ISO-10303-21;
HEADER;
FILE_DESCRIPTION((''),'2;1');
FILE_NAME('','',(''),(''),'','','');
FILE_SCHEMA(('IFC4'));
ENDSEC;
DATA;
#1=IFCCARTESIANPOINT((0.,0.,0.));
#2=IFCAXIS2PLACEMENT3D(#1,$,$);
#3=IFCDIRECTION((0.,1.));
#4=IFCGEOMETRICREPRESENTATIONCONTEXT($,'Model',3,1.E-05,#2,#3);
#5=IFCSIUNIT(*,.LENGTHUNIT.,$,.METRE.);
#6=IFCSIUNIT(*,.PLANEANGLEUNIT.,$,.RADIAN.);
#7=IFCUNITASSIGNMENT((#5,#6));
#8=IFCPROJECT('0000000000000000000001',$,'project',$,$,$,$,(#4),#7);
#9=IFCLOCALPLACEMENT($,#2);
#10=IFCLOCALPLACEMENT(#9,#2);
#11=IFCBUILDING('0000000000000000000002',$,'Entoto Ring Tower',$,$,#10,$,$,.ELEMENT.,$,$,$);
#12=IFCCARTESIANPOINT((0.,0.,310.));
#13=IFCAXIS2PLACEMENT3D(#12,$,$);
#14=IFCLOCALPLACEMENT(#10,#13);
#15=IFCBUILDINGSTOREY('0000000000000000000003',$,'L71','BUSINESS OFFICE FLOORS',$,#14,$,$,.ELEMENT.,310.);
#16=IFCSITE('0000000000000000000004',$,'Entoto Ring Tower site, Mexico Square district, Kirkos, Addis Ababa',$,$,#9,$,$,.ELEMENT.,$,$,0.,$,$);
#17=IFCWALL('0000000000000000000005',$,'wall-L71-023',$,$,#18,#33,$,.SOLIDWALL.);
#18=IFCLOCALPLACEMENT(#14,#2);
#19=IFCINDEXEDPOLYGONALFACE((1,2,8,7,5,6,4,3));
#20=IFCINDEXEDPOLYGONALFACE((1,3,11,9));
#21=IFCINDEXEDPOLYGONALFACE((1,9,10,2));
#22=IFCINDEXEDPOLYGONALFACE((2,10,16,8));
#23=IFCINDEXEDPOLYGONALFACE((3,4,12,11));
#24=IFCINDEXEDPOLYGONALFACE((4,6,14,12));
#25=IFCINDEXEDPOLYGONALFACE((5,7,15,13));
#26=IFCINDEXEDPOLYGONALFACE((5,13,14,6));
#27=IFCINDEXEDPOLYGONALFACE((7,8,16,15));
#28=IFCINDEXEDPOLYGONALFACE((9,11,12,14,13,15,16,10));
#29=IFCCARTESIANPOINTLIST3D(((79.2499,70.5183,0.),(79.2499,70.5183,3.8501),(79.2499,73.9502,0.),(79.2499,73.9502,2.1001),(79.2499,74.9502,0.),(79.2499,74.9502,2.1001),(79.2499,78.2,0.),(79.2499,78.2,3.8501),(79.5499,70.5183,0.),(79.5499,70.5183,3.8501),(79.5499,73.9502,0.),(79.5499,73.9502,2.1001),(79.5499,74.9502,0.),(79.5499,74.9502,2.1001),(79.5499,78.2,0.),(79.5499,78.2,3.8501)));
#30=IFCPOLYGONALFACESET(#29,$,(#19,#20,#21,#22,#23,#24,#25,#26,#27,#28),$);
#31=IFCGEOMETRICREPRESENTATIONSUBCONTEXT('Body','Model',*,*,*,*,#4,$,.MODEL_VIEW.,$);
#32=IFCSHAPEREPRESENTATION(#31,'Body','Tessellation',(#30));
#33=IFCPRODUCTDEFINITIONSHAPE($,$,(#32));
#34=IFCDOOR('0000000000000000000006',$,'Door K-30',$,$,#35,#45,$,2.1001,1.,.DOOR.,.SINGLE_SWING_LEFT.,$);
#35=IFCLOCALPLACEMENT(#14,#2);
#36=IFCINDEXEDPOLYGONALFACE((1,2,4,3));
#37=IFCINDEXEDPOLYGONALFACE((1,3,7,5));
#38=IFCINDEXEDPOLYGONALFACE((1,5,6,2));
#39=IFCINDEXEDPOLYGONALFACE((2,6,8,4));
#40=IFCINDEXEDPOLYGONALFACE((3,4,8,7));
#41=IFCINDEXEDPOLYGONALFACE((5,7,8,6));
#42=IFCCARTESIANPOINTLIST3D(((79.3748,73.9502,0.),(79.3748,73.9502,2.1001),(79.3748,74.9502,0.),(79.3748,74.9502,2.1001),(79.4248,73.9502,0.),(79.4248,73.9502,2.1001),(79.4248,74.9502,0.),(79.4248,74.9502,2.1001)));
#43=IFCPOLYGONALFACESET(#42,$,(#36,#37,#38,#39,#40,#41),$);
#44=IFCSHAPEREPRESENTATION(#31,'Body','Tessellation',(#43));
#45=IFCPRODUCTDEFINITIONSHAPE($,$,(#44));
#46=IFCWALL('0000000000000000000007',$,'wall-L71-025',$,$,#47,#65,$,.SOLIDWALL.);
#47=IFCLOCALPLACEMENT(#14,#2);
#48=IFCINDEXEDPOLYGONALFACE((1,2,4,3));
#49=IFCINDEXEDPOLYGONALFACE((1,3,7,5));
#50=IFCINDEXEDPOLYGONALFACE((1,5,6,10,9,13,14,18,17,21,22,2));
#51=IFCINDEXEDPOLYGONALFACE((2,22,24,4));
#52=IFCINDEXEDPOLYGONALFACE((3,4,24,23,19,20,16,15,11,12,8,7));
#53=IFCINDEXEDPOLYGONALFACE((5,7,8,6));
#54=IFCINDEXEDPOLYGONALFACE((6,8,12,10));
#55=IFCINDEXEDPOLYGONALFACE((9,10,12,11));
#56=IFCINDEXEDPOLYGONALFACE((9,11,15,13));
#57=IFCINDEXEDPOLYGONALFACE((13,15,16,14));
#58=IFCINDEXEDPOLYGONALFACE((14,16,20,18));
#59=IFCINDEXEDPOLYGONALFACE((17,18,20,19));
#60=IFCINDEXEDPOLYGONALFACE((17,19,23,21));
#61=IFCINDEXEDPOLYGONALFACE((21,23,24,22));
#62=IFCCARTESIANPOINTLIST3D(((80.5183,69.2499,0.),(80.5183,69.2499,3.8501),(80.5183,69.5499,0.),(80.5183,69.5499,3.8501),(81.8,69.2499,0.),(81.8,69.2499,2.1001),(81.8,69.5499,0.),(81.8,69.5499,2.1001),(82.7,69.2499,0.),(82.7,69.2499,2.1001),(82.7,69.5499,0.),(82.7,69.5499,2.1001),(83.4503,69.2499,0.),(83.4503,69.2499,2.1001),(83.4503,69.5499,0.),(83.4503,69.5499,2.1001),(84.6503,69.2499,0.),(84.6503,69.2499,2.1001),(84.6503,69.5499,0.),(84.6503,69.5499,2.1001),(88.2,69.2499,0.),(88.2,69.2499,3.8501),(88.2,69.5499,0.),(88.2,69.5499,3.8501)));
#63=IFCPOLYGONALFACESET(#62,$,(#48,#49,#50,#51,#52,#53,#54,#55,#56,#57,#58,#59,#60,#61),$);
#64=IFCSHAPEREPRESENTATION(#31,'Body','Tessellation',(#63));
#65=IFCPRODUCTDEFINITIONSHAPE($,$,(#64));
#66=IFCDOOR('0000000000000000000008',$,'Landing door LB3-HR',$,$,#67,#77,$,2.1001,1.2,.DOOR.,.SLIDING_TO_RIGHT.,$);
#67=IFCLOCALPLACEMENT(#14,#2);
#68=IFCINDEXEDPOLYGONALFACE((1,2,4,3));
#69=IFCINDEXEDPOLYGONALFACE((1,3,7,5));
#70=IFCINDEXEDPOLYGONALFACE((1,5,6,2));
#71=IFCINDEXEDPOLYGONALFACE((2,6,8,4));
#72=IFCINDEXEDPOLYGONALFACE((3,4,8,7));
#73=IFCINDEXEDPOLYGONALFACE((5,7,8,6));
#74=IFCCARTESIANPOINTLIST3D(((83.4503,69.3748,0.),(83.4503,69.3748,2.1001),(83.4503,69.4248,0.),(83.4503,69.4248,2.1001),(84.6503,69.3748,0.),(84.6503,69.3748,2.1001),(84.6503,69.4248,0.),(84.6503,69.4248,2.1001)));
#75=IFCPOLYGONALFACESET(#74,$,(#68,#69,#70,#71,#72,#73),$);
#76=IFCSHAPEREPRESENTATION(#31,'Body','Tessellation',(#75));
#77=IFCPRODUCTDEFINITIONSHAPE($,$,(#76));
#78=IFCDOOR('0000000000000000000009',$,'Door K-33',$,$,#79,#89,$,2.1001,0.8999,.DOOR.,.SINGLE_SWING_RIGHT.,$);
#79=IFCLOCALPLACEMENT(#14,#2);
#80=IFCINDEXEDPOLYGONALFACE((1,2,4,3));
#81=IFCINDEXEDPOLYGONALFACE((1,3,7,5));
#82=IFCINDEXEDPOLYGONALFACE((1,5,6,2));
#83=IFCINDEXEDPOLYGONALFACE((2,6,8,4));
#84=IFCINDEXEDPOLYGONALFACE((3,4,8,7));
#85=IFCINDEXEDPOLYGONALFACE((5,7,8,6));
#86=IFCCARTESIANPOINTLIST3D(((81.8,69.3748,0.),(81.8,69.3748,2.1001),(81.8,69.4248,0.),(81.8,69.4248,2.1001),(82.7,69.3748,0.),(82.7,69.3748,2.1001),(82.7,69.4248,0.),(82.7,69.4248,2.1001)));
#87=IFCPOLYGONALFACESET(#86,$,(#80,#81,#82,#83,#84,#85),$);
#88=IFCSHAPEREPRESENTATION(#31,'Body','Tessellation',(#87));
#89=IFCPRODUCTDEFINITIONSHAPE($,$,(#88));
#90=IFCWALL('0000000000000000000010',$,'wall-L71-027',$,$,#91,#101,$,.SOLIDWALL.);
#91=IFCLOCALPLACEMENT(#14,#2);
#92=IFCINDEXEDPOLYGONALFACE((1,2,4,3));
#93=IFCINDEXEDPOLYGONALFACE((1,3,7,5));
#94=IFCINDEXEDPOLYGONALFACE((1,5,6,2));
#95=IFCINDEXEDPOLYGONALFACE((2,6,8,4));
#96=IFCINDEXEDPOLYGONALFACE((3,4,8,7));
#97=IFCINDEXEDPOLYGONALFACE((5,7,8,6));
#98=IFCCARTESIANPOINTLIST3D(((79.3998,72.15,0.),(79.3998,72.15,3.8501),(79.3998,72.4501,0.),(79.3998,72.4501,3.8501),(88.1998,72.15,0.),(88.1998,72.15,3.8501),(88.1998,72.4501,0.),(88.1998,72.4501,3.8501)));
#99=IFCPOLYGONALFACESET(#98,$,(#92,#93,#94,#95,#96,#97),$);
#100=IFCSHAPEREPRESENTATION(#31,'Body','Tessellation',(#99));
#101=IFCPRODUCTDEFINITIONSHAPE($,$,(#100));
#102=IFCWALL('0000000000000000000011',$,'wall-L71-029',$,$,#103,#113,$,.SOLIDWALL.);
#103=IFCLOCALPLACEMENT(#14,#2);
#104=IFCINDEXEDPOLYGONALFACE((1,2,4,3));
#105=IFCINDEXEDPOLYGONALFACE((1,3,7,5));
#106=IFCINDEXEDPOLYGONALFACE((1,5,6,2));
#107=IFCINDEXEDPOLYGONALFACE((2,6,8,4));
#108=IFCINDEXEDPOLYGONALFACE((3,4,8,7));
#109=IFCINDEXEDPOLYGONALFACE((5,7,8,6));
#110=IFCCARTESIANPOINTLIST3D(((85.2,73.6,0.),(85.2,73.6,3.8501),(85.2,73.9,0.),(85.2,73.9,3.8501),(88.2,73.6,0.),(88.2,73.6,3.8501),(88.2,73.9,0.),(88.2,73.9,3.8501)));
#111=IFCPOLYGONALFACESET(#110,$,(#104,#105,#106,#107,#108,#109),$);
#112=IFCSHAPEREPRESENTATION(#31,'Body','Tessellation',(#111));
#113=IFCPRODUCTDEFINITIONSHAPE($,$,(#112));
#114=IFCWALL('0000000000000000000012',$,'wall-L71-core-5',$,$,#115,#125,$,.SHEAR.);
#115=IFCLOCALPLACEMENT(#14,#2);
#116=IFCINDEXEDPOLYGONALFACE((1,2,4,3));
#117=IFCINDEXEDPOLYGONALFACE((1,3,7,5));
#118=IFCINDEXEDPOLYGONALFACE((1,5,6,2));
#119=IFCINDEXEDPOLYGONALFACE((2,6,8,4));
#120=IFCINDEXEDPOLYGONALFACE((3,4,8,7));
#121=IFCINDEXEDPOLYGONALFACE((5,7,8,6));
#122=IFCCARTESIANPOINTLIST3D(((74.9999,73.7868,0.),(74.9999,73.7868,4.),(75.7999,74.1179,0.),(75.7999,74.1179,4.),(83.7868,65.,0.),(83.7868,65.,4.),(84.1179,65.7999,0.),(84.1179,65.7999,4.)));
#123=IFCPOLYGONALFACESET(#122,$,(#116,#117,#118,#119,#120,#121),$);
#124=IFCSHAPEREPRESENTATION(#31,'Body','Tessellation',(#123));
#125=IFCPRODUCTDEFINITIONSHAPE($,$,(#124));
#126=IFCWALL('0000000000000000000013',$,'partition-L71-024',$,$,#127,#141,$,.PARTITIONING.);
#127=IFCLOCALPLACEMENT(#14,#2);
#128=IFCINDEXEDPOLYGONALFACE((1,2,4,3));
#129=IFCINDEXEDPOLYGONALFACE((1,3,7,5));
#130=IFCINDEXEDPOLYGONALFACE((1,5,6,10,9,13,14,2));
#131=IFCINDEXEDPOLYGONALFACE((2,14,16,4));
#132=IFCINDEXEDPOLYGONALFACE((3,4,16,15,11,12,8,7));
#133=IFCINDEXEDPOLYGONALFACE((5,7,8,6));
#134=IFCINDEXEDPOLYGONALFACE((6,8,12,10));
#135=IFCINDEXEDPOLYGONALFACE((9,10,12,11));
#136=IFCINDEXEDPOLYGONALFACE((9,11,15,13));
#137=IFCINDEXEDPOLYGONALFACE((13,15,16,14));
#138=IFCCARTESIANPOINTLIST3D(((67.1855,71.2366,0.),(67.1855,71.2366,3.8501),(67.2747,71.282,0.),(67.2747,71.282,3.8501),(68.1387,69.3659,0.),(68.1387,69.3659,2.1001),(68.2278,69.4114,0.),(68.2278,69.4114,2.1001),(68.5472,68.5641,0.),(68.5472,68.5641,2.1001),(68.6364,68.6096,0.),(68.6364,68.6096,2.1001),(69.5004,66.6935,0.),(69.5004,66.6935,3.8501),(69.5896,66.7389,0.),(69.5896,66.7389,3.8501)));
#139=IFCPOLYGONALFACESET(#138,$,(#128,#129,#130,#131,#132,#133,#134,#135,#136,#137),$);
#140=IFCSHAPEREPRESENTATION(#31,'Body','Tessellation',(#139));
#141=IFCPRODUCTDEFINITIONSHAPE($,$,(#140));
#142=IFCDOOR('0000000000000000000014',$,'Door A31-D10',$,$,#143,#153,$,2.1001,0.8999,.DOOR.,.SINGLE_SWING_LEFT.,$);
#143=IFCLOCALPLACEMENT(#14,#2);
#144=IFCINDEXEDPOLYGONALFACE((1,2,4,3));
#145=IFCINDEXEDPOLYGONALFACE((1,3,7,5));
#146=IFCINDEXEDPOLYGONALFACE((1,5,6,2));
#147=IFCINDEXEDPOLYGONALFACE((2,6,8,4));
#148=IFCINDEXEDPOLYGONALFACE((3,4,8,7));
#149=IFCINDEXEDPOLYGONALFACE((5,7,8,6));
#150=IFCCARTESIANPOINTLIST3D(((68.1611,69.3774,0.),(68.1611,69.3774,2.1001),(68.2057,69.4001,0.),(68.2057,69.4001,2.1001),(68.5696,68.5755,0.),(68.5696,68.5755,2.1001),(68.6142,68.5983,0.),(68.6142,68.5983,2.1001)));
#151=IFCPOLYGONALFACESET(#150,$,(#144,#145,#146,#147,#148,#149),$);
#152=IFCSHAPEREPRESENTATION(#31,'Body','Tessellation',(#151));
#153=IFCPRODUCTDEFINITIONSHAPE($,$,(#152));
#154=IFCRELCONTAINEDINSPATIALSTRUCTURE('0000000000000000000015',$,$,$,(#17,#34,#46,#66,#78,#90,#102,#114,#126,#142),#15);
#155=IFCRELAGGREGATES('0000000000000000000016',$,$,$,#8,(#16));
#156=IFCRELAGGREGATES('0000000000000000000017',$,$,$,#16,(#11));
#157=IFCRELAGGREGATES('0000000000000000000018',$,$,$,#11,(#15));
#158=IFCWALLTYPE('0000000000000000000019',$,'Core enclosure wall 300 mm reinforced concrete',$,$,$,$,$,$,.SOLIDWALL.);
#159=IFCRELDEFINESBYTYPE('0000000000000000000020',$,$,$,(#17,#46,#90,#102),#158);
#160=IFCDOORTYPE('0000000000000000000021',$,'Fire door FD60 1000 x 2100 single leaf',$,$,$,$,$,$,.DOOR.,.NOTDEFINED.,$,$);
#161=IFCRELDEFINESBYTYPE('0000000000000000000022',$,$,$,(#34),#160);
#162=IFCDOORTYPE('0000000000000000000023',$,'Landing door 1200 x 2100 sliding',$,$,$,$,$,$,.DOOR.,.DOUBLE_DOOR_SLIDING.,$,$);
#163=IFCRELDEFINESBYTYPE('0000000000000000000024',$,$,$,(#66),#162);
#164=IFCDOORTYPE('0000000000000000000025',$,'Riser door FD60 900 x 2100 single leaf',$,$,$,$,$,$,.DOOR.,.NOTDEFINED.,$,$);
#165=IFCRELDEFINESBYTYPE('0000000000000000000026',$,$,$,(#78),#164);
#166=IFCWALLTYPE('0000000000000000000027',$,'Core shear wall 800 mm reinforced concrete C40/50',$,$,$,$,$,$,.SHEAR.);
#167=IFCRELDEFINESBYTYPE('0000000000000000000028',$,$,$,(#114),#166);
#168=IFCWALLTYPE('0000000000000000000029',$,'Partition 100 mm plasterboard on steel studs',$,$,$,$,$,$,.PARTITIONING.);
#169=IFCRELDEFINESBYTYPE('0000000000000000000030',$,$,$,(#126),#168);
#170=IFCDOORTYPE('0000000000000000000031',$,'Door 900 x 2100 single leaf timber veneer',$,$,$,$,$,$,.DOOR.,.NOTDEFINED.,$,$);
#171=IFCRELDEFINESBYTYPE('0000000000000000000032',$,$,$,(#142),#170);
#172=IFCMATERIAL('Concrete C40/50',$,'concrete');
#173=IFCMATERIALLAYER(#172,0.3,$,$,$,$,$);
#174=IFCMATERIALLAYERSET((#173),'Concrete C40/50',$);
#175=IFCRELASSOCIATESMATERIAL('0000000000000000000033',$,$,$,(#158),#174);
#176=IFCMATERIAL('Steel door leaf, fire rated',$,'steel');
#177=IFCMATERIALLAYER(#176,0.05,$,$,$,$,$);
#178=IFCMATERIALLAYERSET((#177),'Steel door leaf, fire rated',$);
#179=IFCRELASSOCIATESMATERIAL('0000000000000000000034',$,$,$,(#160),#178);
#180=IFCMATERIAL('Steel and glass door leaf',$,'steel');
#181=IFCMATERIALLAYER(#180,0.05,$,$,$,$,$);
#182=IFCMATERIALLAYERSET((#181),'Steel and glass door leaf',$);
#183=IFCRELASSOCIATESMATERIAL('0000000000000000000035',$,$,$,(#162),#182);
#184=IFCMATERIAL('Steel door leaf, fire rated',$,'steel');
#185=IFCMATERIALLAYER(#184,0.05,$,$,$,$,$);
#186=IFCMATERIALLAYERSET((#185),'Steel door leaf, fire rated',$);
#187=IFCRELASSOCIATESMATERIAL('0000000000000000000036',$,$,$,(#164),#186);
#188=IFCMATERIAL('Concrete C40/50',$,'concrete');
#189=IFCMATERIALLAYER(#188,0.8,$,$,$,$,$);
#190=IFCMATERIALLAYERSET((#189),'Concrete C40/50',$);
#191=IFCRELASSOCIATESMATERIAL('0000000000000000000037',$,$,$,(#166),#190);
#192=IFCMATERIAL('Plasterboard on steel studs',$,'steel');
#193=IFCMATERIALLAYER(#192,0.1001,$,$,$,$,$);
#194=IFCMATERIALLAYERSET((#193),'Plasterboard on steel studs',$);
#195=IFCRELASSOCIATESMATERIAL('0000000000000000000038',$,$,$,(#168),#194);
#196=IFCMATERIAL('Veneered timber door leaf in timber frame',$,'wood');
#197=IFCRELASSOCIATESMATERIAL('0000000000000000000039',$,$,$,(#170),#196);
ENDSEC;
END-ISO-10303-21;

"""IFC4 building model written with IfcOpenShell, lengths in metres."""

from ifc_helpers import new_model, si_unit, direction, frame, frame_2d, origin, place, context, subcontext, project, spatial, polyline, rectangle, outline, extrude, material, layer, layer_set, type_object, element, fill, save


model = new_model("IFC4")

# Units and contexts
model_context = context("Model", 3, precision=1e-05, world=origin(), true_north=direction((0.0, 1.0)))
body_context = subcontext(model_context, "Body", "Model", "MODEL_VIEW")
ifc_project = project(units=[si_unit("LENGTHUNIT", "METRE"), si_unit("PLANEANGLEUNIT", "RADIAN")], contexts=[model_context])

# Site, building, storey
site_placement = place(None, origin())
site = spatial("IfcSite", under=ifc_project, at=site_placement, Name="Entoto Ring Tower site, Mexico Square district, Kirkos, Addis Ababa", CompositionType="ELEMENT", RefElevation=0.0)
building_placement = place(site_placement, origin())
building = spatial("IfcBuilding", under=site, at=building_placement, Name="Entoto Ring Tower", CompositionType="ELEMENT")
storey_placement = place(building_placement, frame((0.0, 0.0, 310.0)))
storey = spatial("IfcBuildingStorey", under=building, at=storey_placement, Name="L71", Description="BUSINESS OFFICE FLOORS", CompositionType="ELEMENT", Elevation=310.0)

# Shared definitions
ifc_material_1 = material(Name="Concrete C40/50", Category="concrete")
ifc_layer_1 = layer(ifc_material_1, 0.3)
ifc_layer_set_1 = layer_set([ifc_layer_1], Name="Concrete C40/50")
wall_type_1 = type_object("IfcWallType", Name="Core enclosure wall 300 mm reinforced concrete", PredefinedType="SOLIDWALL", material=ifc_layer_set_1)

# Wall, opening, door
wall_1_placement = place(storey_placement, frame((79.3999, 70.5183, 0.0), z_axis=(0.0, 0.0, 1.0), x_axis=(0.0, 1.0, 0.0)))
wall_1 = element("IfcWall", 1, at=wall_1_placement, inside=storey, type_object=wall_type_1, Name="wall-L71-023", PredefinedType="SOLIDWALL", context=body_context, shape_type="SweptSolid", body=[
    extrude(rectangle(XDim=7.6816, YDim=0.3, at=frame_2d((3.8408, 0.0))), origin(), (0.0, 0.0, 1.0), 3.8501),
])
opening_1_placement = place(wall_1_placement, frame((3.4319, 0.0, 0.0)))
opening_1 = element("IfcOpeningElement", 2, at=opening_1_placement, cuts=wall_1, PredefinedType="OPENING", context=body_context, shape_type="SweptSolid", body=[
    extrude(rectangle(XDim=1.0, YDim=2.1001, at=frame_2d((0.5, 1.05))), frame((0.0, 0.1602, 0.0), z_axis=(0.0, -1.0, 0.0), x_axis=(1.0, 0.0, 0.0)), (0.0, 0.0, 1.0), 0.3201),
])
ifc_material_2 = material(Name="Steel door leaf, fire rated", Category="steel")
ifc_layer_2 = layer(ifc_material_2, 0.05)
ifc_layer_set_2 = layer_set([ifc_layer_2], Name="Steel door leaf, fire rated")
door_type_1 = type_object("IfcDoorType", Name="Fire door FD60 1000 x 2100 single leaf", OperationType="NOTDEFINED", PredefinedType="DOOR", material=ifc_layer_set_2)
door_1_placement = place(opening_1_placement, frame((1.0, 0.0, 0.0), z_axis=(0.0, 0.0, 1.0), x_axis=(-1.0, 0.0, 0.0)))
door_1 = element("IfcDoor", 3, at=door_1_placement, inside=storey, type_object=door_type_1, Name="Door K-30", OperationType="SINGLE_SWING_LEFT", OverallHeight=2.1001, OverallWidth=1.0, PredefinedType="DOOR", context=body_context, shape_type="SweptSolid", body=[
    extrude(rectangle(XDim=1.0, YDim=2.1001, at=frame_2d((0.5, 1.05))), frame((0.0, 0.0249, 0.0), z_axis=(0.0, -1.0, 0.0), x_axis=(1.0, 0.0, 0.0)), (0.0, 0.0, 1.0), 0.05),
])
fill(opening_1, door_1)

# Wall, openings, doors
wall_2_placement = place(storey_placement, frame((80.5183, 69.3999, 0.0), z_axis=(0.0, 0.0, 1.0), x_axis=(1.0, 0.0, 0.0)))
wall_2 = element("IfcWall", 4, at=wall_2_placement, inside=storey, type_object=wall_type_1, Name="wall-L71-025", PredefinedType="SOLIDWALL", context=body_context, shape_type="SweptSolid", body=[
    extrude(rectangle(XDim=7.6816, YDim=0.3, at=frame_2d((3.8408, 0.0))), origin(), (0.0, 0.0, 1.0), 3.8501),
])
opening_2_placement = place(wall_2_placement, frame((2.9319, 0.0, 0.0)))
opening_2 = element("IfcOpeningElement", 5, at=opening_2_placement, cuts=wall_2, PredefinedType="OPENING", context=body_context, shape_type="SweptSolid", body=[
    extrude(rectangle(XDim=1.2, YDim=2.1001, at=frame_2d((0.6001, 1.05))), frame((0.0, 0.1602, 0.0), z_axis=(0.0, -1.0, 0.0), x_axis=(1.0, 0.0, 0.0)), (0.0, 0.0, 1.0), 0.3201),
])
opening_3_placement = place(wall_2_placement, frame((1.2817, 0.0, 0.0)))
opening_3 = element("IfcOpeningElement", 6, at=opening_3_placement, cuts=wall_2, PredefinedType="OPENING", context=body_context, shape_type="SweptSolid", body=[
    extrude(rectangle(XDim=0.8999, YDim=2.1001, at=frame_2d((0.45, 1.05))), frame((0.0, 0.1602, 0.0), z_axis=(0.0, -1.0, 0.0), x_axis=(1.0, 0.0, 0.0)), (0.0, 0.0, 1.0), 0.3201),
])
ifc_material_3 = material(Name="Steel and glass door leaf", Category="steel")
ifc_layer_3 = layer(ifc_material_3, 0.05)
ifc_layer_set_3 = layer_set([ifc_layer_3], Name="Steel and glass door leaf")
door_type_2 = type_object("IfcDoorType", Name="Landing door 1200 x 2100 sliding", OperationType="DOUBLE_DOOR_SLIDING", PredefinedType="DOOR", material=ifc_layer_set_3)
door_2_placement = place(opening_2_placement, origin())
door_2 = element("IfcDoor", 7, at=door_2_placement, inside=storey, type_object=door_type_2, Name="Landing door LB3-HR", OperationType="SLIDING_TO_RIGHT", OverallHeight=2.1001, OverallWidth=1.2, PredefinedType="DOOR", context=body_context, shape_type="SweptSolid", body=[
    extrude(rectangle(XDim=1.2, YDim=2.1001, at=frame_2d((0.6001, 1.05))), frame((0.0, 0.0249, 0.0), z_axis=(0.0, -1.0, 0.0), x_axis=(1.0, 0.0, 0.0)), (0.0, 0.0, 1.0), 0.05),
])
fill(opening_2, door_2)
ifc_material_4 = material(Name="Steel door leaf, fire rated", Category="steel")
ifc_layer_4 = layer(ifc_material_4, 0.05)
ifc_layer_set_4 = layer_set([ifc_layer_4], Name="Steel door leaf, fire rated")
door_type_3 = type_object("IfcDoorType", Name="Riser door FD60 900 x 2100 single leaf", OperationType="NOTDEFINED", PredefinedType="DOOR", material=ifc_layer_set_4)
door_3_placement = place(opening_3_placement, origin())
door_3 = element("IfcDoor", 8, at=door_3_placement, inside=storey, type_object=door_type_3, Name="Door K-33", OperationType="SINGLE_SWING_RIGHT", OverallHeight=2.1001, OverallWidth=0.8999, PredefinedType="DOOR", context=body_context, shape_type="SweptSolid", body=[
    extrude(rectangle(XDim=0.8999, YDim=2.1001, at=frame_2d((0.45, 1.05))), frame((0.0, 0.0249, 0.0), z_axis=(0.0, -1.0, 0.0), x_axis=(1.0, 0.0, 0.0)), (0.0, 0.0, 1.0), 0.05),
])
fill(opening_3, door_3)

# Walls
wall_3_placement = place(storey_placement, frame((79.3999, 72.3, 0.0), z_axis=(0.0, 0.0, 1.0), x_axis=(1.0, 0.0, 0.0)))
element("IfcWall", 9, at=wall_3_placement, inside=storey, type_object=wall_type_1, Name="wall-L71-027", PredefinedType="SOLIDWALL", context=body_context, shape_type="SweptSolid", body=[
    extrude(rectangle(XDim=8.8, YDim=0.3, at=frame_2d((4.3999, 0.0))), origin(), (0.0, 0.0, 1.0), 3.8501),
])
wall_4_placement = place(storey_placement, frame((85.2, 73.75, 0.0), z_axis=(0.0, 0.0, 1.0), x_axis=(1.0, 0.0, 0.0)))
element("IfcWall", 10, at=wall_4_placement, inside=storey, type_object=wall_type_1, Name="wall-L71-029", PredefinedType="SOLIDWALL", context=body_context, shape_type="SweptSolid", body=[
    extrude(rectangle(XDim=3.0, YDim=0.3, at=frame_2d((1.5, 0.0))), origin(), (0.0, 0.0, 1.0), 3.8501),
])
ifc_material_5 = material(Name="Concrete C40/50", Category="concrete")
ifc_layer_5 = layer(ifc_material_5, 0.8)
ifc_layer_set_5 = layer_set([ifc_layer_5], Name="Concrete C40/50")
wall_type_2 = type_object("IfcWallType", Name="Core shear wall 800 mm reinforced concrete C40/50", PredefinedType="SHEAR", material=ifc_layer_set_5)
wall_5_placement = place(storey_placement, frame((75.3999, 73.9524, 0.0), z_axis=(0.0, 0.0, 1.0), x_axis=(0.707107, -0.707107, 0.0)))
element("IfcWall", 11, at=wall_5_placement, inside=storey, type_object=wall_type_2, Name="wall-L71-core-5", PredefinedType="SHEAR", context=body_context, shape_type="SweptSolid", body=[
    extrude(outline(polyline([(-0.1658, -0.3999), (12.2607, -0.3999), (11.9292, 0.3999), (0.1658, 0.3999), (-0.1658, -0.3999)])), origin(), (0.0, 0.0, 1.0), 4.0),
])

# Wall, opening, door
ifc_material_6 = material(Name="Plasterboard on steel studs", Category="steel")
ifc_layer_6 = layer(ifc_material_6, 0.1001)
ifc_layer_set_6 = layer_set([ifc_layer_6], Name="Plasterboard on steel studs")
wall_type_3 = type_object("IfcWallType", Name="Partition 100 mm plasterboard on steel studs", PredefinedType="PARTITIONING", material=ifc_layer_set_6)
wall_6_placement = place(storey_placement, frame((69.5449, 66.7163, 0.0), z_axis=(0.0, 0.0, 1.0), x_axis=(-0.454, 0.891002, 0.0)))
wall_6 = element("IfcWall", 12, at=wall_6_placement, inside=storey, type_object=wall_type_3, Name="partition-L71-024", PredefinedType="PARTITIONING", context=body_context, shape_type="SweptSolid", body=[
    extrude(rectangle(XDim=5.0989, YDim=0.1001, at=frame_2d((2.5493, 0.0))), origin(), (0.0, 0.0, 1.0), 3.8501),
])
opening_4_placement = place(wall_6_placement, frame((2.0994, 0.0, 0.0)))
opening_4 = element("IfcOpeningElement", 13, at=opening_4_placement, cuts=wall_6, PredefinedType="OPENING", context=body_context, shape_type="SweptSolid", body=[
    extrude(rectangle(XDim=0.8999, YDim=2.1001, at=frame_2d((0.45, 1.05))), frame((0.0, 0.0601, 0.0), z_axis=(0.0, -1.0, 0.0), x_axis=(1.0, 0.0, 0.0)), (0.0, 0.0, 1.0), 0.1201),
])
ifc_material_7 = material(Name="Veneered timber door leaf in timber frame", Category="wood")
door_type_4 = type_object("IfcDoorType", Name="Door 900 x 2100 single leaf timber veneer", OperationType="NOTDEFINED", PredefinedType="DOOR", material=ifc_material_7)
door_4_placement = place(opening_4_placement, origin())
door_4 = element("IfcDoor", 14, at=door_4_placement, inside=storey, type_object=door_type_4, Name="Door A31-D10", OperationType="SINGLE_SWING_LEFT", OverallHeight=2.1001, OverallWidth=0.8999, PredefinedType="DOOR", context=body_context, shape_type="SweptSolid", body=[
    extrude(rectangle(XDim=0.8999, YDim=2.1001, at=frame_2d((0.45, 1.05))), frame((0.0, 0.0249, 0.0), z_axis=(0.0, -1.0, 0.0), x_axis=(1.0, 0.0, 0.0)), (0.0, 0.0, 1.0), 0.05),
])
fill(opening_4, door_4)

save(model, "model.ifc")
